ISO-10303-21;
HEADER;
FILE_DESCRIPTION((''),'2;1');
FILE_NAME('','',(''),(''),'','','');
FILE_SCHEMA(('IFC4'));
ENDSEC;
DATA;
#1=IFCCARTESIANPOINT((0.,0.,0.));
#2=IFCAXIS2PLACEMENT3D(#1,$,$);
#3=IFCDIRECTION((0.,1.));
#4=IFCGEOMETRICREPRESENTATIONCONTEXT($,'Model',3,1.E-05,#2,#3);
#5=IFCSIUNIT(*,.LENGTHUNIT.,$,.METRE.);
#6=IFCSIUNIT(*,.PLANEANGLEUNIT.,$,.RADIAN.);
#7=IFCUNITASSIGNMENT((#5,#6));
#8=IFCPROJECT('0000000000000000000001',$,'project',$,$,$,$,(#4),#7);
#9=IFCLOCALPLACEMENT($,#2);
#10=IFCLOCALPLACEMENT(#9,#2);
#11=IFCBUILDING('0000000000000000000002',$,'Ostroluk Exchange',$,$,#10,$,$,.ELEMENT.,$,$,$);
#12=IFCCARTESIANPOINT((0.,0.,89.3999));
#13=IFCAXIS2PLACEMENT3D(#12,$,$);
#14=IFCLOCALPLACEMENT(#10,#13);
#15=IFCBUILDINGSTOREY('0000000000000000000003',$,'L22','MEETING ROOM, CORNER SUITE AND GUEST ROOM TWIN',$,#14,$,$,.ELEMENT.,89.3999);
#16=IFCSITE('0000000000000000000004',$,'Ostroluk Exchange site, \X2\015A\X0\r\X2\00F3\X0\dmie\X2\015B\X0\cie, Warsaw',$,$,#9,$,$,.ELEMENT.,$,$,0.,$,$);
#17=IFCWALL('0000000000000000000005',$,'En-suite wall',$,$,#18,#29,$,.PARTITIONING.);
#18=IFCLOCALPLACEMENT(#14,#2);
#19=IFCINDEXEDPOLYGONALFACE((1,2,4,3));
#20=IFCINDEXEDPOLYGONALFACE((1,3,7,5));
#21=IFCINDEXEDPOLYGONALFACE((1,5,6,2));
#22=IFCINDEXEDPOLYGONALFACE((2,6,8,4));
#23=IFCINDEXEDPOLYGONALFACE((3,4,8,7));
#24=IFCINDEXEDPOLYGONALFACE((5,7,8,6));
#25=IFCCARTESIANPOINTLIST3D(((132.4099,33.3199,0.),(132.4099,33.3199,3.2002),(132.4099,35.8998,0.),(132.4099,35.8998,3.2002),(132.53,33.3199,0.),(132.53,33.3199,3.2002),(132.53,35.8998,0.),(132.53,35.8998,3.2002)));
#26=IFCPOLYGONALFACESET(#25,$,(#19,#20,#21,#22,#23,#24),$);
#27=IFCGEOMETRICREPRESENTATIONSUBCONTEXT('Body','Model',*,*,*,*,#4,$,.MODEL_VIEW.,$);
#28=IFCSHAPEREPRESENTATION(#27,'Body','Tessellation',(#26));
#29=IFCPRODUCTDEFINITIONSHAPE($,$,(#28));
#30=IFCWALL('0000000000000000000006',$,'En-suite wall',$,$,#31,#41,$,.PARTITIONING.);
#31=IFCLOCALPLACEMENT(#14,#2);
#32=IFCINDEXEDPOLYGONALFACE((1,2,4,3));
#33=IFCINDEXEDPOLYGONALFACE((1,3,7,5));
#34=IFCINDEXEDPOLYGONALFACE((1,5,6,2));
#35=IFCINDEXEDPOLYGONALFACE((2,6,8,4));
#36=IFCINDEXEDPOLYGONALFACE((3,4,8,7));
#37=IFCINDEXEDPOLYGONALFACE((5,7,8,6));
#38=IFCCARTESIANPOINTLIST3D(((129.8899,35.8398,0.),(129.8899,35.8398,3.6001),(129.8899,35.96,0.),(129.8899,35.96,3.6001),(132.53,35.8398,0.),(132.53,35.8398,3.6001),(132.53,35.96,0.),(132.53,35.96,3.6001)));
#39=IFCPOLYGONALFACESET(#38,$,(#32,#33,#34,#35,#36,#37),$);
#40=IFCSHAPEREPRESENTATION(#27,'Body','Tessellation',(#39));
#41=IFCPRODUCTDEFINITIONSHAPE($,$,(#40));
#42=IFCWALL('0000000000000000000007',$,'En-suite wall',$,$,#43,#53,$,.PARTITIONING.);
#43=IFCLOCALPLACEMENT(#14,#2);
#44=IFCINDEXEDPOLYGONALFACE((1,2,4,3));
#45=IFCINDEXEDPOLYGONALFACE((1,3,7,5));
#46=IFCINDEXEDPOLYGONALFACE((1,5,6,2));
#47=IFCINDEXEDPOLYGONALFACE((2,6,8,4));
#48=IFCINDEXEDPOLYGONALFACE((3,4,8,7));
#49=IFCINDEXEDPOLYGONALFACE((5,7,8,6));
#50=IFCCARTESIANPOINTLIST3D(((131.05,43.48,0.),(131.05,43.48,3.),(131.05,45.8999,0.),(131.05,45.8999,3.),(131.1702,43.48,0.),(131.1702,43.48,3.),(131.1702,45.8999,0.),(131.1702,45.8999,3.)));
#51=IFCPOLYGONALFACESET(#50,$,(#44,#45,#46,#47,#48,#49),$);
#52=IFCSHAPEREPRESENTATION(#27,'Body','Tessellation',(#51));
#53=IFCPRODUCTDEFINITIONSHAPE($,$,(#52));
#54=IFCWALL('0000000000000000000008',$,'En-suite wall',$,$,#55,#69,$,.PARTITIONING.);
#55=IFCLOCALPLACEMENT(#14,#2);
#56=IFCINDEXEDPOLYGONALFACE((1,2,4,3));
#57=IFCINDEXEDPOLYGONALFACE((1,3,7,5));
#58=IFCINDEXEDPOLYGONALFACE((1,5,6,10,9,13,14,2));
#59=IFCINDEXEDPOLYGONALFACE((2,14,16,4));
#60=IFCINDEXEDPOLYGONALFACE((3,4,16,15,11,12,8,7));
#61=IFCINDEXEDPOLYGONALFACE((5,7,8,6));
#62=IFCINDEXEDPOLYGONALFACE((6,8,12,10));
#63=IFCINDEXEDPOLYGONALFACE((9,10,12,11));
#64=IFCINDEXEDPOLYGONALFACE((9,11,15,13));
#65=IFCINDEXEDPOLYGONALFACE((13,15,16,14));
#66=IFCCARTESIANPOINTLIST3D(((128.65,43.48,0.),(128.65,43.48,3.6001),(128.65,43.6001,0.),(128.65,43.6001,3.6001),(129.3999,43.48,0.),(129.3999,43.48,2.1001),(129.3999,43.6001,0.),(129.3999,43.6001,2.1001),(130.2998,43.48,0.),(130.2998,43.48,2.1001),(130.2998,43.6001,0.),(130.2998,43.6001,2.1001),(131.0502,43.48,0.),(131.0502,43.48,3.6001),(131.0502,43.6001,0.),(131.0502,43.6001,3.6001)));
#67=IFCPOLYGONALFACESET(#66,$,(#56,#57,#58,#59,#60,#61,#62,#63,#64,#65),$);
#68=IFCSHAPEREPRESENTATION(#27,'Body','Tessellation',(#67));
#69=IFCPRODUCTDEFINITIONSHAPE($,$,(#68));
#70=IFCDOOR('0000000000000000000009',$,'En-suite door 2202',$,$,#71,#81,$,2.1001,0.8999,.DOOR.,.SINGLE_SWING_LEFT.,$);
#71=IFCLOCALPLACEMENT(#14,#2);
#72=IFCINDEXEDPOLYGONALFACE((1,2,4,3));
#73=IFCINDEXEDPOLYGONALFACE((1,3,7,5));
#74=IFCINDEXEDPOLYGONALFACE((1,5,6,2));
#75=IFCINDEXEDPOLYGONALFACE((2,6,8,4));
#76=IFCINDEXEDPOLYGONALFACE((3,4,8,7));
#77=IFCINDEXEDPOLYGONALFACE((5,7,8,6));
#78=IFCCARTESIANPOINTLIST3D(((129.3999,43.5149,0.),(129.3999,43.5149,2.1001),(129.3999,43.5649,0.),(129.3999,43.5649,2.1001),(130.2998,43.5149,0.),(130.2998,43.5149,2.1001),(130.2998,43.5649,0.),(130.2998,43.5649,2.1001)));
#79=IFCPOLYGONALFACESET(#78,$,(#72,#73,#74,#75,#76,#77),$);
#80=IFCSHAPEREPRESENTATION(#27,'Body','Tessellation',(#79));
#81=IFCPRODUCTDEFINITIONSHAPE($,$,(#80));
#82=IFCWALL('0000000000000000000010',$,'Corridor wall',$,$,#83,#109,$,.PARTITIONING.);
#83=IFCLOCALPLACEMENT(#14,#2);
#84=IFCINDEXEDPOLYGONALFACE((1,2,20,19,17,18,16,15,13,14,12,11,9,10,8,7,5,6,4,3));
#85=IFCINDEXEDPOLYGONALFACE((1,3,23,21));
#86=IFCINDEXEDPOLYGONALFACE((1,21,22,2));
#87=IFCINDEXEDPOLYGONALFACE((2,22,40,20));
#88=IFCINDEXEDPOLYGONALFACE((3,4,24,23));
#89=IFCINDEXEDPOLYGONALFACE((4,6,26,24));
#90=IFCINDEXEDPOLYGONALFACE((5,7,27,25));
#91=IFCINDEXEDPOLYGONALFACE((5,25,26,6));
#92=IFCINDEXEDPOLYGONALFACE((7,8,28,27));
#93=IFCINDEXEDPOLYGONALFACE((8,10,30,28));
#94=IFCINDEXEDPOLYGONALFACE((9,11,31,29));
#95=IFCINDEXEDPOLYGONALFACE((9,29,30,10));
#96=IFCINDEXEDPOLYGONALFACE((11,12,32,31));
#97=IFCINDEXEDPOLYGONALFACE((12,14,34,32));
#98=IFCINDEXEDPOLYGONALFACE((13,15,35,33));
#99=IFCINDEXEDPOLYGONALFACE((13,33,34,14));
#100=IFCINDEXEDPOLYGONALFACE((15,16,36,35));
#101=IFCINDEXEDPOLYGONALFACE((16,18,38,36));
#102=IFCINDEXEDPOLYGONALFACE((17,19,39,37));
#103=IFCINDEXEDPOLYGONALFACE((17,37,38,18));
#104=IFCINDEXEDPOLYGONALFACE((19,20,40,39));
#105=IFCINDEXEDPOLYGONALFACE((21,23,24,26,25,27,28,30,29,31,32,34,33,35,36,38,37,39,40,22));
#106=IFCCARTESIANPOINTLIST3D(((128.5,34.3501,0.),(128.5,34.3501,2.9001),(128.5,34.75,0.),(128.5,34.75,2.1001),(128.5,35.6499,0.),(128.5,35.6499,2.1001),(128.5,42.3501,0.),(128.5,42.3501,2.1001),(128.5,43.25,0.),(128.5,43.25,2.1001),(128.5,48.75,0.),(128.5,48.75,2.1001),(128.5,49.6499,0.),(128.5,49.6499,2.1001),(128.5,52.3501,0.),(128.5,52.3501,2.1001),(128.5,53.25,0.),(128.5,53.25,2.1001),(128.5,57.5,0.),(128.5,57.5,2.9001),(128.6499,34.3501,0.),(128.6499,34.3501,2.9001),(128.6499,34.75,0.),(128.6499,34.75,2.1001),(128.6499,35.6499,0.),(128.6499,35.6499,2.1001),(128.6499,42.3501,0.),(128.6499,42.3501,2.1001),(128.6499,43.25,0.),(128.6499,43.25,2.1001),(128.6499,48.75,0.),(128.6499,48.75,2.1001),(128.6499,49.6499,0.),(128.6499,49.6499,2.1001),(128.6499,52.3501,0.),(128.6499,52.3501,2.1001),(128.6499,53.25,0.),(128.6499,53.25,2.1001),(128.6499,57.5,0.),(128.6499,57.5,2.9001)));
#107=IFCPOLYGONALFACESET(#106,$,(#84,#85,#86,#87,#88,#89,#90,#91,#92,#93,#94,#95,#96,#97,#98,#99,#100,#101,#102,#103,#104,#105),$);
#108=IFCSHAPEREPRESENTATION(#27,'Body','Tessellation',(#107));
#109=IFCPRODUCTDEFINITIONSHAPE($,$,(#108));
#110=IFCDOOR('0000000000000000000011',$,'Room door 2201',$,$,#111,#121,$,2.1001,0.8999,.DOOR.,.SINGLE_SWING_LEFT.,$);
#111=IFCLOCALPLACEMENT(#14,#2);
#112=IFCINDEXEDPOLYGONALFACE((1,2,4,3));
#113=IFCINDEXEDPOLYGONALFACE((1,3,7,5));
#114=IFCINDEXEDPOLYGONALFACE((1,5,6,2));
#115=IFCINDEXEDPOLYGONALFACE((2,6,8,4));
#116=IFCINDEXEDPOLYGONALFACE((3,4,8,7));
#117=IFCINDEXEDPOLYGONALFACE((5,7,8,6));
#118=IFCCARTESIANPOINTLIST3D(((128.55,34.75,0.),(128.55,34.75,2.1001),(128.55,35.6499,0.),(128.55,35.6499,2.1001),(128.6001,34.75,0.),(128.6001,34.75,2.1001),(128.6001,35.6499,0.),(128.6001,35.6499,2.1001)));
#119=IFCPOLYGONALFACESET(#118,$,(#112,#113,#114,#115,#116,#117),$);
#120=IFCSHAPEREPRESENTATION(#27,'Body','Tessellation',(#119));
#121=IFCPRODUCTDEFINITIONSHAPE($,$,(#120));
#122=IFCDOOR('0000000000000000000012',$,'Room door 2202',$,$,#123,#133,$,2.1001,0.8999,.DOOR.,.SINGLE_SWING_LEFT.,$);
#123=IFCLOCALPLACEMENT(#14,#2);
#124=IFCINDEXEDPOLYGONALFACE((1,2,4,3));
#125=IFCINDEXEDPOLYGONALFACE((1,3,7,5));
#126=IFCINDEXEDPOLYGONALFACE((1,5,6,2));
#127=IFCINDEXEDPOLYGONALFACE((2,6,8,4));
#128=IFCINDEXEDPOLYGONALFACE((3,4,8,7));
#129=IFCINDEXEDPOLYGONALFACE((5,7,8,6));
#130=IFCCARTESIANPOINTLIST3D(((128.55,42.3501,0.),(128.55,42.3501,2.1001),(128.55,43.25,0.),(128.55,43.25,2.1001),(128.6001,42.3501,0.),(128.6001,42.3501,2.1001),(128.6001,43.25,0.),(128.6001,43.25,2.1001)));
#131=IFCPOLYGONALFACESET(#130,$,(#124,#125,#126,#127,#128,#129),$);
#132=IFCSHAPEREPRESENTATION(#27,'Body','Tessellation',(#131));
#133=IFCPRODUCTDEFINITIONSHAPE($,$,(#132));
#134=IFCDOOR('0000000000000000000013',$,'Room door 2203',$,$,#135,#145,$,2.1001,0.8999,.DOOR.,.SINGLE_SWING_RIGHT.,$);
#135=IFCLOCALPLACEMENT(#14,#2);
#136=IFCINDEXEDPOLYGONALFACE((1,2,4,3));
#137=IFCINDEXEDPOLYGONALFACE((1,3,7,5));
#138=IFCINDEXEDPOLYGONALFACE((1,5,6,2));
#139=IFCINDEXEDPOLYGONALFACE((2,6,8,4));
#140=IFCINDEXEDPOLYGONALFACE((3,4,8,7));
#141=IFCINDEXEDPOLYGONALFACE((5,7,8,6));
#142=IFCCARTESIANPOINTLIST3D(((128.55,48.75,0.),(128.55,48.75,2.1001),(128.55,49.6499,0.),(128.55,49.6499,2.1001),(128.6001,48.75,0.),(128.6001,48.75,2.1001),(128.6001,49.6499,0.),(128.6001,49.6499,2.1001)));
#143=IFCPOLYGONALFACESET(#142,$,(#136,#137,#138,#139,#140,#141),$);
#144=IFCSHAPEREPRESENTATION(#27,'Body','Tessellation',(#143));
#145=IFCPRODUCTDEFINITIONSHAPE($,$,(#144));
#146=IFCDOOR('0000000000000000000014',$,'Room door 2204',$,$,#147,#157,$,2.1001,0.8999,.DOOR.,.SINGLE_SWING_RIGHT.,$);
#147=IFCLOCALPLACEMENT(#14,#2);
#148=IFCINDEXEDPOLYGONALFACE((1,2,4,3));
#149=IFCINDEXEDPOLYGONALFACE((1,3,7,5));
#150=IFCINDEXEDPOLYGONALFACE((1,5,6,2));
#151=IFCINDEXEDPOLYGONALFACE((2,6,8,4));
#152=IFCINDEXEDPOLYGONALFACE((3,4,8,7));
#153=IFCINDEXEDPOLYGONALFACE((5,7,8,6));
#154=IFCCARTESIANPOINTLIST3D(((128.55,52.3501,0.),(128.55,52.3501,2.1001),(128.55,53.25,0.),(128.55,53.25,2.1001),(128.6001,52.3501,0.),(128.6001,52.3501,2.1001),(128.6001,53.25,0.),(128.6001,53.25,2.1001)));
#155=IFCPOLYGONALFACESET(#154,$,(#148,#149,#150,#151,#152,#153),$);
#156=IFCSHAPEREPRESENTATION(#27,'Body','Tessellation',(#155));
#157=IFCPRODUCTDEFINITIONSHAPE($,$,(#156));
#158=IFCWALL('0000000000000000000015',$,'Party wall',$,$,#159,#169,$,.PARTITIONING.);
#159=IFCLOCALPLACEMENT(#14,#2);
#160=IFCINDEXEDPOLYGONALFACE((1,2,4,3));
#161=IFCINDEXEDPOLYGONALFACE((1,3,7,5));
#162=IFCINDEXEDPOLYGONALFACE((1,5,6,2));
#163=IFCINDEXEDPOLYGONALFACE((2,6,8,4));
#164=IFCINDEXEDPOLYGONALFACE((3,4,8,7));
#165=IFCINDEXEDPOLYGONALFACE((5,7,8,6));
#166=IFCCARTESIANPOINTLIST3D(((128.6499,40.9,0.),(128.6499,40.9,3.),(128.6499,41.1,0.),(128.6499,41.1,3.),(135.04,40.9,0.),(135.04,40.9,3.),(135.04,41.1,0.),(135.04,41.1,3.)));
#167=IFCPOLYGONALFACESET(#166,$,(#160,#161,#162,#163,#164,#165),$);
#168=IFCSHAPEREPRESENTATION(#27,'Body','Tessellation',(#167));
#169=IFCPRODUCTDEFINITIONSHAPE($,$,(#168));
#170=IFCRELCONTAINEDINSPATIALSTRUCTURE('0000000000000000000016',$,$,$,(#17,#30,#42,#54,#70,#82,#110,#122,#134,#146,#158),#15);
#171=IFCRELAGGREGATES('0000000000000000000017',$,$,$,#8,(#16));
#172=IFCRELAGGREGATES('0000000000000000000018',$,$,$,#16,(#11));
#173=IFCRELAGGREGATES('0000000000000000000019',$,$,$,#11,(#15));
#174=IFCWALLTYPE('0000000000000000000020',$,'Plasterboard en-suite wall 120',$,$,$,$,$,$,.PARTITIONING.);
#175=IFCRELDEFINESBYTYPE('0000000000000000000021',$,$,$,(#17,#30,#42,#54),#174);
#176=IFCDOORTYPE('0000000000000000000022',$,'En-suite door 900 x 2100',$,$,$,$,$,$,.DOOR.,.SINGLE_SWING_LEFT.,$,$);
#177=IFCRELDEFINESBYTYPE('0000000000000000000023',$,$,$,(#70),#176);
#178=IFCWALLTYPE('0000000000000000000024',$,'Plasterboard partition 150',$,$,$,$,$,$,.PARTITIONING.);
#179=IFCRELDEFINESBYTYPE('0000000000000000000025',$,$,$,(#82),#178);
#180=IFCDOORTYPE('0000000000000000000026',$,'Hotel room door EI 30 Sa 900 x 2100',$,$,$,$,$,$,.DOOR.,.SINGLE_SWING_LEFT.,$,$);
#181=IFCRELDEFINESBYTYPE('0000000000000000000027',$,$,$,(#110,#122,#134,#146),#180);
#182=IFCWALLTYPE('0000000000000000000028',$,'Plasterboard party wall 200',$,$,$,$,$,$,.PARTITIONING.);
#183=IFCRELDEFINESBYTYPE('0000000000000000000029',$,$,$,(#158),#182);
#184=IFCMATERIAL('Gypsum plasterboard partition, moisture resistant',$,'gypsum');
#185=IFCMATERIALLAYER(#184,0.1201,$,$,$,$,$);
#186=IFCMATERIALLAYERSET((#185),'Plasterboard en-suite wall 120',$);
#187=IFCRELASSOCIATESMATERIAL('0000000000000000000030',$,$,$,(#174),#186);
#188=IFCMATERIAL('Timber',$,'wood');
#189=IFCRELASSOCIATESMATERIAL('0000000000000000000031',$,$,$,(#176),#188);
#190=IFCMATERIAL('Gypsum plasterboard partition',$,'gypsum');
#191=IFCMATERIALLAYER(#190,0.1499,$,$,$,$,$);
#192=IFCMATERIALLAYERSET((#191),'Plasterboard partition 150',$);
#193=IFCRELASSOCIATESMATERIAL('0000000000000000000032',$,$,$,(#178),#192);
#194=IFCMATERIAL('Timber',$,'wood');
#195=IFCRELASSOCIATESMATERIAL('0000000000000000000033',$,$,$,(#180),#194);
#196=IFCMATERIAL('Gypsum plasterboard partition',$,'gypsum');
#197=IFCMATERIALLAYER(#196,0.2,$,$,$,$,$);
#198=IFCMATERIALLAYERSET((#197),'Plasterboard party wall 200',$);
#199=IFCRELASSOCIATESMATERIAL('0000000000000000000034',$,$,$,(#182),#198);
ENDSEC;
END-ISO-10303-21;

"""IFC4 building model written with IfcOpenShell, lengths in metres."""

from ifc_helpers import new_model, si_unit, direction, frame, frame_2d, origin, place, context, subcontext, project, spatial, rectangle, extrude, material, layer, layer_set, type_object, element, fill, save


model = new_model("IFC4")

# Units and contexts
model_context = context("Model", 3, precision=1e-05, world=origin(), true_north=direction((0.0, 1.0)))
body_context = subcontext(model_context, "Body", "Model", "MODEL_VIEW")
ifc_project = project(units=[si_unit("LENGTHUNIT", "METRE"), si_unit("PLANEANGLEUNIT", "RADIAN")], contexts=[model_context])

# Site, building, storey
site_placement = place(None, origin())
site = spatial("IfcSite", under=ifc_project, at=site_placement, Name="Ostroluk Exchange site, Śródmieście, Warsaw", CompositionType="ELEMENT", RefElevation=0.0)
building_placement = place(site_placement, origin())
building = spatial("IfcBuilding", under=site, at=building_placement, Name="Ostroluk Exchange", CompositionType="ELEMENT")
storey_placement = place(building_placement, frame((0.0, 0.0, 89.3999)))
storey = spatial("IfcBuildingStorey", under=building, at=storey_placement, Name="L22", Description="MEETING ROOM, CORNER SUITE AND GUEST ROOM TWIN", CompositionType="ELEMENT", Elevation=89.3999)

# Shared definitions
ifc_material_1 = material(Name="Gypsum plasterboard partition, moisture resistant", Category="gypsum")
ifc_layer_1 = layer(ifc_material_1, 0.1201)
ifc_layer_set_1 = layer_set([ifc_layer_1], Name="Plasterboard en-suite wall 120")
wall_type_1 = type_object("IfcWallType", Name="Plasterboard en-suite wall 120", PredefinedType="PARTITIONING", material=ifc_layer_set_1)
ifc_material_2 = material(Name="Timber", Category="wood")
door_type_1 = type_object("IfcDoorType", Name="En-suite door 900 x 2100", OperationType="SINGLE_SWING_LEFT", PredefinedType="DOOR", material=ifc_material_2)

# Walls
wall_1_placement = place(storey_placement, frame((132.47, 35.8999, 0.0), z_axis=(0.0, 0.0, 1.0), x_axis=(0.0, -1.0, 0.0)))
element("IfcWall", 1, at=wall_1_placement, inside=storey, type_object=wall_type_1, Name="En-suite wall", PredefinedType="PARTITIONING", context=body_context, shape_type="SweptSolid", body=[
    extrude(rectangle(XDim=2.5798, YDim=0.1201, at=frame_2d((1.29, 0.0))), origin(), (0.0, 0.0, 1.0), 3.2002),
])
wall_2_placement = place(storey_placement, frame((129.8899, 35.8999, 0.0), z_axis=(0.0, 0.0, 1.0), x_axis=(1.0, 0.0, 0.0)))
element("IfcWall", 2, at=wall_2_placement, inside=storey, type_object=wall_type_1, Name="En-suite wall", PredefinedType="PARTITIONING", context=body_context, shape_type="SweptSolid", body=[
    extrude(rectangle(XDim=2.6401, YDim=0.1201, at=frame_2d((1.3201, 0.0))), origin(), (0.0, 0.0, 1.0), 3.6001),
])
wall_3_placement = place(storey_placement, frame((131.1101, 43.48, 0.0), z_axis=(0.0, 0.0, 1.0), x_axis=(0.0, 1.0, 0.0)))
element("IfcWall", 3, at=wall_3_placement, inside=storey, type_object=wall_type_1, Name="En-suite wall", PredefinedType="PARTITIONING", context=body_context, shape_type="SweptSolid", body=[
    extrude(rectangle(XDim=2.4199, YDim=0.1201, at=frame_2d((1.21, 0.0))), origin(), (0.0, 0.0, 1.0), 3.0),
])

# Wall, opening, door
wall_4_placement = place(storey_placement, frame((128.6499, 43.54, 0.0), z_axis=(0.0, 0.0, 1.0), x_axis=(1.0, 0.0, 0.0)))
wall_4 = element("IfcWall", 4, at=wall_4_placement, inside=storey, type_object=wall_type_1, Name="En-suite wall", PredefinedType="PARTITIONING", context=body_context, shape_type="SweptSolid", body=[
    extrude(rectangle(XDim=2.4001, YDim=0.1201, at=frame_2d((1.2002, 0.0))), origin(), (0.0, 0.0, 1.0), 3.6001),
])
opening_1_placement = place(wall_4_placement, frame((0.75, 0.0, 0.0)))
opening_1 = element("IfcOpeningElement", 5, at=opening_1_placement, cuts=wall_4, PredefinedType="OPENING", context=body_context, shape_type="SweptSolid", body=[
    extrude(rectangle(XDim=0.8999, YDim=2.1001, at=frame_2d((0.45, 1.05))), frame((0.0, 0.0701, 0.0), z_axis=(0.0, -1.0, 0.0), x_axis=(1.0, 0.0, 0.0)), (0.0, 0.0, 1.0), 0.1401),
])
door_1_placement = place(opening_1_placement, origin())
door_1 = element("IfcDoor", 6, at=door_1_placement, inside=storey, type_object=door_type_1, Name="En-suite door 2202", OperationType="SINGLE_SWING_LEFT", OverallHeight=2.1001, OverallWidth=0.8999, PredefinedType="DOOR", context=body_context, shape_type="SweptSolid", body=[
    extrude(rectangle(XDim=0.8999, YDim=2.1001, at=frame_2d((0.45, 1.05))), frame((0.0, 0.0249, 0.0), z_axis=(0.0, -1.0, 0.0), x_axis=(1.0, 0.0, 0.0)), (0.0, 0.0, 1.0), 0.05),
])
fill(opening_1, door_1)

# Wall, openings, doors
ifc_material_3 = material(Name="Gypsum plasterboard partition", Category="gypsum")
ifc_layer_2 = layer(ifc_material_3, 0.1499)
ifc_layer_set_2 = layer_set([ifc_layer_2], Name="Plasterboard partition 150")
wall_type_2 = type_object("IfcWallType", Name="Plasterboard partition 150", PredefinedType="PARTITIONING", material=ifc_layer_set_2)
wall_5_placement = place(storey_placement, frame((128.575, 34.3501, 0.0), z_axis=(0.0, 0.0, 1.0), x_axis=(0.0, 1.0, 0.0)))
wall_5 = element("IfcWall", 7, at=wall_5_placement, inside=storey, type_object=wall_type_2, Name="Corridor wall", PredefinedType="PARTITIONING", context=body_context, shape_type="SweptSolid", body=[
    extrude(rectangle(XDim=23.1499, YDim=0.1499, at=frame_2d((11.575, 0.0))), origin(), (0.0, 0.0, 1.0), 2.9001),
])
opening_2_placement = place(wall_5_placement, frame((0.3999, 0.0, 0.0)))
opening_2 = element("IfcOpeningElement", 8, at=opening_2_placement, cuts=wall_5, PredefinedType="OPENING", context=body_context, shape_type="SweptSolid", body=[
    extrude(rectangle(XDim=0.8999, YDim=2.1001, at=frame_2d((0.45, 1.05))), frame((0.0, 0.085, 0.0), z_axis=(0.0, -1.0, 0.0), x_axis=(1.0, 0.0, 0.0)), (0.0, 0.0, 1.0), 0.1699),
])
opening_3_placement = place(wall_5_placement, frame((8.0, 0.0, 0.0)))
opening_3 = element("IfcOpeningElement", 9, at=opening_3_placement, cuts=wall_5, PredefinedType="OPENING", context=body_context, shape_type="SweptSolid", body=[
    extrude(rectangle(XDim=0.8999, YDim=2.1001, at=frame_2d((0.45, 1.05))), frame((0.0, 0.085, 0.0), z_axis=(0.0, -1.0, 0.0), x_axis=(1.0, 0.0, 0.0)), (0.0, 0.0, 1.0), 0.1699),
])
opening_4_placement = place(wall_5_placement, frame((14.3999, 0.0, 0.0)))
opening_4 = element("IfcOpeningElement", 10, at=opening_4_placement, cuts=wall_5, PredefinedType="OPENING", context=body_context, shape_type="SweptSolid", body=[
    extrude(rectangle(XDim=0.8999, YDim=2.1001, at=frame_2d((0.45, 1.05))), frame((0.0, 0.085, 0.0), z_axis=(0.0, -1.0, 0.0), x_axis=(1.0, 0.0, 0.0)), (0.0, 0.0, 1.0), 0.1699),
])
opening_5_placement = place(wall_5_placement, frame((18.0, 0.0, 0.0)))
opening_5 = element("IfcOpeningElement", 11, at=opening_5_placement, cuts=wall_5, PredefinedType="OPENING", context=body_context, shape_type="SweptSolid", body=[
    extrude(rectangle(XDim=0.8999, YDim=2.1001, at=frame_2d((0.45, 1.05))), frame((0.0, 0.085, 0.0), z_axis=(0.0, -1.0, 0.0), x_axis=(1.0, 0.0, 0.0)), (0.0, 0.0, 1.0), 0.1699),
])
ifc_material_4 = material(Name="Timber", Category="wood")
door_type_2 = type_object("IfcDoorType", Name="Hotel room door EI 30 Sa 900 x 2100", OperationType="SINGLE_SWING_LEFT", PredefinedType="DOOR", material=ifc_material_4)
door_2_placement = place(opening_2_placement, origin())
door_2 = element("IfcDoor", 12, at=door_2_placement, inside=storey, type_object=door_type_2, Name="Room door 2201", OperationType="SINGLE_SWING_LEFT", OverallHeight=2.1001, OverallWidth=0.8999, PredefinedType="DOOR", context=body_context, shape_type="SweptSolid", body=[
    extrude(rectangle(XDim=0.8999, YDim=2.1001, at=frame_2d((0.45, 1.05))), frame((0.0, 0.0249, 0.0), z_axis=(0.0, -1.0, 0.0), x_axis=(1.0, 0.0, 0.0)), (0.0, 0.0, 1.0), 0.05),
])
fill(opening_2, door_2)
door_3_placement = place(opening_3_placement, origin())
door_3 = element("IfcDoor", 13, at=door_3_placement, inside=storey, type_object=door_type_2, Name="Room door 2202", OperationType="SINGLE_SWING_LEFT", OverallHeight=2.1001, OverallWidth=0.8999, PredefinedType="DOOR", context=body_context, shape_type="SweptSolid", body=[
    extrude(rectangle(XDim=0.8999, YDim=2.1001, at=frame_2d((0.45, 1.05))), frame((0.0, 0.0249, 0.0), z_axis=(0.0, -1.0, 0.0), x_axis=(1.0, 0.0, 0.0)), (0.0, 0.0, 1.0), 0.05),
])
fill(opening_3, door_3)
door_4_placement = place(opening_4_placement, origin())
door_4 = element("IfcDoor", 14, at=door_4_placement, inside=storey, type_object=door_type_2, Name="Room door 2203", OperationType="SINGLE_SWING_RIGHT", OverallHeight=2.1001, OverallWidth=0.8999, PredefinedType="DOOR", context=body_context, shape_type="SweptSolid", body=[
    extrude(rectangle(XDim=0.8999, YDim=2.1001, at=frame_2d((0.45, 1.05))), frame((0.0, 0.0249, 0.0), z_axis=(0.0, -1.0, 0.0), x_axis=(1.0, 0.0, 0.0)), (0.0, 0.0, 1.0), 0.05),
])
fill(opening_4, door_4)
door_5_placement = place(opening_5_placement, origin())
door_5 = element("IfcDoor", 15, at=door_5_placement, inside=storey, type_object=door_type_2, Name="Room door 2204", OperationType="SINGLE_SWING_RIGHT", OverallHeight=2.1001, OverallWidth=0.8999, PredefinedType="DOOR", context=body_context, shape_type="SweptSolid", body=[
    extrude(rectangle(XDim=0.8999, YDim=2.1001, at=frame_2d((0.45, 1.05))), frame((0.0, 0.0249, 0.0), z_axis=(0.0, -1.0, 0.0), x_axis=(1.0, 0.0, 0.0)), (0.0, 0.0, 1.0), 0.05),
])
fill(opening_5, door_5)

# Wall
ifc_material_5 = material(Name="Gypsum plasterboard partition", Category="gypsum")
ifc_layer_3 = layer(ifc_material_5, 0.2)
ifc_layer_set_3 = layer_set([ifc_layer_3], Name="Plasterboard party wall 200")
wall_type_3 = type_object("IfcWallType", Name="Plasterboard party wall 200", PredefinedType="PARTITIONING", material=ifc_layer_set_3)
wall_6_placement = place(storey_placement, frame((128.6499, 41.0, 0.0), z_axis=(0.0, 0.0, 1.0), x_axis=(1.0, 0.0, 0.0)))
element("IfcWall", 16, at=wall_6_placement, inside=storey, type_object=wall_type_3, Name="Party wall", PredefinedType="PARTITIONING", context=body_context, shape_type="SweptSolid", body=[
    extrude(rectangle(XDim=6.3901, YDim=0.2, at=frame_2d((3.1951, 0.0))), origin(), (0.0, 0.0, 1.0), 3.0),
])

save(model, "model.ifc")
